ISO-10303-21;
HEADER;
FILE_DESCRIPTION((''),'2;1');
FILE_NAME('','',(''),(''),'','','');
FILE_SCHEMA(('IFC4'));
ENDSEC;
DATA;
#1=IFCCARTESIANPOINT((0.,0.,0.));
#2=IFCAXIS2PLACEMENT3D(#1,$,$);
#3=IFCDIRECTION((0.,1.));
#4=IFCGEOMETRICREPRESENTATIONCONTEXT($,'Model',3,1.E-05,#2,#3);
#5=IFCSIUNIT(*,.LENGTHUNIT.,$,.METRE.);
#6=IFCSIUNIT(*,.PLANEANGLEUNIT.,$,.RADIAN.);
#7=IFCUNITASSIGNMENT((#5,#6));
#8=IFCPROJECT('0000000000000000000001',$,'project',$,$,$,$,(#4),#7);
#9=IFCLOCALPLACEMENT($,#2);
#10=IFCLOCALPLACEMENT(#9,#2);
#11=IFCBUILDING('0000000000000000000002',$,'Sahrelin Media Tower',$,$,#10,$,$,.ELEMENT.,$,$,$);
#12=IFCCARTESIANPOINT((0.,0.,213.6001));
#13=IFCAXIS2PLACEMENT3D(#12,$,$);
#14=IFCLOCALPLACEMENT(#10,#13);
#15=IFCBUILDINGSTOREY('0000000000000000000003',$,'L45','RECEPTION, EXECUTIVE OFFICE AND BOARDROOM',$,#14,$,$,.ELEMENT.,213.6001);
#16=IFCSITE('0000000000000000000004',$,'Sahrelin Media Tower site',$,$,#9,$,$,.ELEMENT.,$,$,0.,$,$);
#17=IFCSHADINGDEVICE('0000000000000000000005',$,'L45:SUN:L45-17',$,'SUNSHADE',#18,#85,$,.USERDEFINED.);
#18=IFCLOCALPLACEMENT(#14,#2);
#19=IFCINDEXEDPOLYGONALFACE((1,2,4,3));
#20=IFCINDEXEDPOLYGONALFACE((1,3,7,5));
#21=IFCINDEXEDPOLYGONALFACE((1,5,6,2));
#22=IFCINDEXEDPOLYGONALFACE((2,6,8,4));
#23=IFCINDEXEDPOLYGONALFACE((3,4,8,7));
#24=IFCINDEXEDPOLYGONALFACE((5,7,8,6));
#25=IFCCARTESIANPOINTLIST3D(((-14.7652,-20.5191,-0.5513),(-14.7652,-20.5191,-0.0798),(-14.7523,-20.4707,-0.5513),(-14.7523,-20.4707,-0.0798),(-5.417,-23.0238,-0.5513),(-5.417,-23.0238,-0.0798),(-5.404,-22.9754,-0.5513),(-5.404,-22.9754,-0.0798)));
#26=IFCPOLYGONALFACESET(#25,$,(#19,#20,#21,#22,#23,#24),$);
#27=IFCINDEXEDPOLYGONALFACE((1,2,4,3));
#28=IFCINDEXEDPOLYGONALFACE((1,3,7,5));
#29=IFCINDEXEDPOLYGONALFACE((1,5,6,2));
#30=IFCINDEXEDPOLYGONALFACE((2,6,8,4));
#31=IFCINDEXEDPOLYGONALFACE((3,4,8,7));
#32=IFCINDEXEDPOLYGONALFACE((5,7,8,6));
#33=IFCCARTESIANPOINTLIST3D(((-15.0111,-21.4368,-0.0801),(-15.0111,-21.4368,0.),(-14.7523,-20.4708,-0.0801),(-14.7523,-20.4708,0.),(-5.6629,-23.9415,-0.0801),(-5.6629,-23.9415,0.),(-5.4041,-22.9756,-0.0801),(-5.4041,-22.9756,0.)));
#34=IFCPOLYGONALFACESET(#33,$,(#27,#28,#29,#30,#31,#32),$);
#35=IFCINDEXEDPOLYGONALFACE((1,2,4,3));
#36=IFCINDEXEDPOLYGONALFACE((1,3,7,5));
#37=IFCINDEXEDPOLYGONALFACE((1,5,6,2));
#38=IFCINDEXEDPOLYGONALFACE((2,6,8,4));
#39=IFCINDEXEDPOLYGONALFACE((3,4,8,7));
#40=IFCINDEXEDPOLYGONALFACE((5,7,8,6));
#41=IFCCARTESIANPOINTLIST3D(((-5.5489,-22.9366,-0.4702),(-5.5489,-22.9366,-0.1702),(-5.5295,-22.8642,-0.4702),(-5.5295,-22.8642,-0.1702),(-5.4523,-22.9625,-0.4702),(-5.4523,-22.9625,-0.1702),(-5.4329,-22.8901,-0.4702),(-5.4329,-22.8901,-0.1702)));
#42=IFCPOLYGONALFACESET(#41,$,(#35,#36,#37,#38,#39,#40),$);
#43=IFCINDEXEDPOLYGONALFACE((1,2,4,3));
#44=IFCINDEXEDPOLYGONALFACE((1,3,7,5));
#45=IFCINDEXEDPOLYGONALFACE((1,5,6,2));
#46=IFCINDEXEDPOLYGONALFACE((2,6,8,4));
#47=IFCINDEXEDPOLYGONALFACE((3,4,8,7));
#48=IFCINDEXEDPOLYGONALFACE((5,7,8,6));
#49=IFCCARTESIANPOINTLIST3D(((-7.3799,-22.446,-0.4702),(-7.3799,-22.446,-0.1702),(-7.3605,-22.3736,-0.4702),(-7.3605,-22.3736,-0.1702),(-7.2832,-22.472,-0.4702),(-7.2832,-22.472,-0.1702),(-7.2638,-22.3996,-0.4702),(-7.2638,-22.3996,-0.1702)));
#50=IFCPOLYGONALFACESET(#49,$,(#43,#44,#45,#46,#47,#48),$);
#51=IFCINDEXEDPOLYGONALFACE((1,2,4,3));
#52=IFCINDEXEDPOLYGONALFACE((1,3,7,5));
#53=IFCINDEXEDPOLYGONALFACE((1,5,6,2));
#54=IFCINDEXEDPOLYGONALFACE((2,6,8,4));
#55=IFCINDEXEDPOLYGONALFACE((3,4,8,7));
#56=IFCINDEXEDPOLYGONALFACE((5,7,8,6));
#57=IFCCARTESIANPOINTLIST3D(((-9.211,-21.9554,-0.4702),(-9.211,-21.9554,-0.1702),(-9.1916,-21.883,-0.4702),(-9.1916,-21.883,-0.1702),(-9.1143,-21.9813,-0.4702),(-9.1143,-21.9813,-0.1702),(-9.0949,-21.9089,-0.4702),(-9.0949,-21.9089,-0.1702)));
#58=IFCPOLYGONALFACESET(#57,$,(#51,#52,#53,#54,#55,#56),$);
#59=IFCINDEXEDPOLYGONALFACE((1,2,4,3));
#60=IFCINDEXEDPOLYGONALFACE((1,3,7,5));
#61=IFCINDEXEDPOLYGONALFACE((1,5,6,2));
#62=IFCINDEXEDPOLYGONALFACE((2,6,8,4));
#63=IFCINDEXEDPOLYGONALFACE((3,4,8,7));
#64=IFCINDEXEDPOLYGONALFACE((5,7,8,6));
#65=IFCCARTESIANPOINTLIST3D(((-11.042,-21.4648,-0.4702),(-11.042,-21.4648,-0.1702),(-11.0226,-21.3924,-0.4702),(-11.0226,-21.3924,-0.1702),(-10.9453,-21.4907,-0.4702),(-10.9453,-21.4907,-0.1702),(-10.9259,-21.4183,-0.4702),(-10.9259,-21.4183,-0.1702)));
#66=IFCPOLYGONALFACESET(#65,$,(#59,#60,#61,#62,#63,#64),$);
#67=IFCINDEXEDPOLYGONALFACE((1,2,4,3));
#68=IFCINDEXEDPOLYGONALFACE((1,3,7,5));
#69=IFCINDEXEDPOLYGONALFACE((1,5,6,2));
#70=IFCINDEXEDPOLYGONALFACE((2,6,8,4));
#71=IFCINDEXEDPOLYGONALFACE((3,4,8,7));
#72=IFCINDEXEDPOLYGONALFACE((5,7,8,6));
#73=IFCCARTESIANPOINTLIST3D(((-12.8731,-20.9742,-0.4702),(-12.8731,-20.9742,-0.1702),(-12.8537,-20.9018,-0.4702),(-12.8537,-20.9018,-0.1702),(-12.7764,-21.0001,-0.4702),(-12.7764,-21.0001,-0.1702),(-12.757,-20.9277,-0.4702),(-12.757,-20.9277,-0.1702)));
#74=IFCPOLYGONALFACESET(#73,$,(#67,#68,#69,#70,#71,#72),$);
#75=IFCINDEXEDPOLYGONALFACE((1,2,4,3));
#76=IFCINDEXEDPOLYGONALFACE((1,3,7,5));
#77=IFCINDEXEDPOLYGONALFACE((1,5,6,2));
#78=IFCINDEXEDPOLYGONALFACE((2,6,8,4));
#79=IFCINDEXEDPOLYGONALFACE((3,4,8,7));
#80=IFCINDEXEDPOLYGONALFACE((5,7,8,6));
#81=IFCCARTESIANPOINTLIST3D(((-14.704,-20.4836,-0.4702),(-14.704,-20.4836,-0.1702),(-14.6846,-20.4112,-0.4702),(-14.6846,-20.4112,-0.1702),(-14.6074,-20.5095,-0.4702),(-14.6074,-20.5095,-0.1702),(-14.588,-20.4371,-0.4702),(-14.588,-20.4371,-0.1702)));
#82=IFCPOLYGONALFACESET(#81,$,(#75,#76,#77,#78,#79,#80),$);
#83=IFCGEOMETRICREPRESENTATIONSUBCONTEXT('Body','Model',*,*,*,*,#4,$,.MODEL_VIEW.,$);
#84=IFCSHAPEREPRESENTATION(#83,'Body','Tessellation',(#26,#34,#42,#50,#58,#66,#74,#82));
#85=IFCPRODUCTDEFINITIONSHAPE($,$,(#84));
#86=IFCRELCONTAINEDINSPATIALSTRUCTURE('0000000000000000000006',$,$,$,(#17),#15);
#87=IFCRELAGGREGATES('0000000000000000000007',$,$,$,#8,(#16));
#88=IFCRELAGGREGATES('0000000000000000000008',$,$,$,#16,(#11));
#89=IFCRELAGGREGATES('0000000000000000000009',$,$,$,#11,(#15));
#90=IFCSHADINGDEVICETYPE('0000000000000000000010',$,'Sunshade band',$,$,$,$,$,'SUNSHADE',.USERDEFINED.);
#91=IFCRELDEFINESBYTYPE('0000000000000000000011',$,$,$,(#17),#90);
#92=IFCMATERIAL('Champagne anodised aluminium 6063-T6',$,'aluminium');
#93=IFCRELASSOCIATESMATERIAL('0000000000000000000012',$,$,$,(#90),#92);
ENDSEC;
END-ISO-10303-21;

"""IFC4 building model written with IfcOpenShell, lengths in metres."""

from ifc_helpers import new_model, si_unit, direction, frame, origin, origin_2d, place, context, subcontext, project, spatial, rectangle, extrude, material, type_object, element, save


model = new_model("IFC4")

# Units and contexts
model_context = context("Model", 3, precision=1e-05, world=origin(), true_north=direction((0.0, 1.0)))
body_context = subcontext(model_context, "Body", "Model", "MODEL_VIEW")
ifc_project = project(units=[si_unit("LENGTHUNIT", "METRE"), si_unit("PLANEANGLEUNIT", "RADIAN")], contexts=[model_context])

# Site, building, storey
site_placement = place(None, origin())
site = spatial("IfcSite", under=ifc_project, at=site_placement, Name="Sahrelin Media Tower site", CompositionType="ELEMENT", RefElevation=0.0)
building_placement = place(site_placement, origin())
building = spatial("IfcBuilding", under=site, at=building_placement, Name="Sahrelin Media Tower", CompositionType="ELEMENT")
storey_placement = place(building_placement, frame((0.0, 0.0, 213.6001)))
storey = spatial("IfcBuildingStorey", under=building, at=storey_placement, Name="L45", Description="RECEPTION, EXECUTIVE OFFICE AND BOARDROOM", CompositionType="ELEMENT", Elevation=213.6001)

# Shared definitions
ifc_material_1 = material(Name="Champagne anodised aluminium 6063-T6", Category="aluminium")

# Shading device
placement = place(storey_placement, frame((-10.073, -21.7039, 0.0), z_axis=(0.0, 0.0, 1.0), x_axis=(-0.965929, 0.258808, 0.0)))
shading_device_type_1 = type_object("IfcShadingDeviceType", Name="Sunshade band", ElementType="SUNSHADE", PredefinedType="USERDEFINED", material=ifc_material_1)
element("IfcShadingDevice", 1, at=placement, inside=storey, type_object=shading_device_type_1, Name="L45:SUN:L45-17", ObjectType="SUNSHADE", PredefinedType="USERDEFINED", context=body_context, shape_type="SweptSolid", body=[
    extrude(rectangle(XDim=9.678, YDim=0.05, at=origin_2d()), frame((0.0, 0.0449, -0.5513)), (0.0, 0.0, 1.0), 0.4714),
    extrude(rectangle(XDim=9.678, YDim=1.0, at=origin_2d()), frame((0.0, 0.52, -0.0801)), (0.0, 0.0, 1.0), 0.0801),
    extrude(rectangle(XDim=0.1001, YDim=0.075, at=origin_2d()), frame((-4.739, -0.0176, -0.4702)), (0.0, 0.0, 1.0), 0.3),
    extrude(rectangle(XDim=0.1001, YDim=0.075, at=origin_2d()), frame((-2.8435, -0.0176, -0.4702)), (0.0, 0.0, 1.0), 0.3),
    extrude(rectangle(XDim=0.1001, YDim=0.075, at=origin_2d()), frame((-0.9478, -0.0176, -0.4702)), (0.0, 0.0, 1.0), 0.3),
    extrude(rectangle(XDim=0.1001, YDim=0.075, at=origin_2d()), frame((0.9478, -0.0176, -0.4702)), (0.0, 0.0, 1.0), 0.3),
    extrude(rectangle(XDim=0.1001, YDim=0.075, at=origin_2d()), frame((2.8435, -0.0176, -0.4702)), (0.0, 0.0, 1.0), 0.3),
    extrude(rectangle(XDim=0.1001, YDim=0.075, at=origin_2d()), frame((4.739, -0.0176, -0.4702)), (0.0, 0.0, 1.0), 0.3),
])

save(model, "model.ifc")
